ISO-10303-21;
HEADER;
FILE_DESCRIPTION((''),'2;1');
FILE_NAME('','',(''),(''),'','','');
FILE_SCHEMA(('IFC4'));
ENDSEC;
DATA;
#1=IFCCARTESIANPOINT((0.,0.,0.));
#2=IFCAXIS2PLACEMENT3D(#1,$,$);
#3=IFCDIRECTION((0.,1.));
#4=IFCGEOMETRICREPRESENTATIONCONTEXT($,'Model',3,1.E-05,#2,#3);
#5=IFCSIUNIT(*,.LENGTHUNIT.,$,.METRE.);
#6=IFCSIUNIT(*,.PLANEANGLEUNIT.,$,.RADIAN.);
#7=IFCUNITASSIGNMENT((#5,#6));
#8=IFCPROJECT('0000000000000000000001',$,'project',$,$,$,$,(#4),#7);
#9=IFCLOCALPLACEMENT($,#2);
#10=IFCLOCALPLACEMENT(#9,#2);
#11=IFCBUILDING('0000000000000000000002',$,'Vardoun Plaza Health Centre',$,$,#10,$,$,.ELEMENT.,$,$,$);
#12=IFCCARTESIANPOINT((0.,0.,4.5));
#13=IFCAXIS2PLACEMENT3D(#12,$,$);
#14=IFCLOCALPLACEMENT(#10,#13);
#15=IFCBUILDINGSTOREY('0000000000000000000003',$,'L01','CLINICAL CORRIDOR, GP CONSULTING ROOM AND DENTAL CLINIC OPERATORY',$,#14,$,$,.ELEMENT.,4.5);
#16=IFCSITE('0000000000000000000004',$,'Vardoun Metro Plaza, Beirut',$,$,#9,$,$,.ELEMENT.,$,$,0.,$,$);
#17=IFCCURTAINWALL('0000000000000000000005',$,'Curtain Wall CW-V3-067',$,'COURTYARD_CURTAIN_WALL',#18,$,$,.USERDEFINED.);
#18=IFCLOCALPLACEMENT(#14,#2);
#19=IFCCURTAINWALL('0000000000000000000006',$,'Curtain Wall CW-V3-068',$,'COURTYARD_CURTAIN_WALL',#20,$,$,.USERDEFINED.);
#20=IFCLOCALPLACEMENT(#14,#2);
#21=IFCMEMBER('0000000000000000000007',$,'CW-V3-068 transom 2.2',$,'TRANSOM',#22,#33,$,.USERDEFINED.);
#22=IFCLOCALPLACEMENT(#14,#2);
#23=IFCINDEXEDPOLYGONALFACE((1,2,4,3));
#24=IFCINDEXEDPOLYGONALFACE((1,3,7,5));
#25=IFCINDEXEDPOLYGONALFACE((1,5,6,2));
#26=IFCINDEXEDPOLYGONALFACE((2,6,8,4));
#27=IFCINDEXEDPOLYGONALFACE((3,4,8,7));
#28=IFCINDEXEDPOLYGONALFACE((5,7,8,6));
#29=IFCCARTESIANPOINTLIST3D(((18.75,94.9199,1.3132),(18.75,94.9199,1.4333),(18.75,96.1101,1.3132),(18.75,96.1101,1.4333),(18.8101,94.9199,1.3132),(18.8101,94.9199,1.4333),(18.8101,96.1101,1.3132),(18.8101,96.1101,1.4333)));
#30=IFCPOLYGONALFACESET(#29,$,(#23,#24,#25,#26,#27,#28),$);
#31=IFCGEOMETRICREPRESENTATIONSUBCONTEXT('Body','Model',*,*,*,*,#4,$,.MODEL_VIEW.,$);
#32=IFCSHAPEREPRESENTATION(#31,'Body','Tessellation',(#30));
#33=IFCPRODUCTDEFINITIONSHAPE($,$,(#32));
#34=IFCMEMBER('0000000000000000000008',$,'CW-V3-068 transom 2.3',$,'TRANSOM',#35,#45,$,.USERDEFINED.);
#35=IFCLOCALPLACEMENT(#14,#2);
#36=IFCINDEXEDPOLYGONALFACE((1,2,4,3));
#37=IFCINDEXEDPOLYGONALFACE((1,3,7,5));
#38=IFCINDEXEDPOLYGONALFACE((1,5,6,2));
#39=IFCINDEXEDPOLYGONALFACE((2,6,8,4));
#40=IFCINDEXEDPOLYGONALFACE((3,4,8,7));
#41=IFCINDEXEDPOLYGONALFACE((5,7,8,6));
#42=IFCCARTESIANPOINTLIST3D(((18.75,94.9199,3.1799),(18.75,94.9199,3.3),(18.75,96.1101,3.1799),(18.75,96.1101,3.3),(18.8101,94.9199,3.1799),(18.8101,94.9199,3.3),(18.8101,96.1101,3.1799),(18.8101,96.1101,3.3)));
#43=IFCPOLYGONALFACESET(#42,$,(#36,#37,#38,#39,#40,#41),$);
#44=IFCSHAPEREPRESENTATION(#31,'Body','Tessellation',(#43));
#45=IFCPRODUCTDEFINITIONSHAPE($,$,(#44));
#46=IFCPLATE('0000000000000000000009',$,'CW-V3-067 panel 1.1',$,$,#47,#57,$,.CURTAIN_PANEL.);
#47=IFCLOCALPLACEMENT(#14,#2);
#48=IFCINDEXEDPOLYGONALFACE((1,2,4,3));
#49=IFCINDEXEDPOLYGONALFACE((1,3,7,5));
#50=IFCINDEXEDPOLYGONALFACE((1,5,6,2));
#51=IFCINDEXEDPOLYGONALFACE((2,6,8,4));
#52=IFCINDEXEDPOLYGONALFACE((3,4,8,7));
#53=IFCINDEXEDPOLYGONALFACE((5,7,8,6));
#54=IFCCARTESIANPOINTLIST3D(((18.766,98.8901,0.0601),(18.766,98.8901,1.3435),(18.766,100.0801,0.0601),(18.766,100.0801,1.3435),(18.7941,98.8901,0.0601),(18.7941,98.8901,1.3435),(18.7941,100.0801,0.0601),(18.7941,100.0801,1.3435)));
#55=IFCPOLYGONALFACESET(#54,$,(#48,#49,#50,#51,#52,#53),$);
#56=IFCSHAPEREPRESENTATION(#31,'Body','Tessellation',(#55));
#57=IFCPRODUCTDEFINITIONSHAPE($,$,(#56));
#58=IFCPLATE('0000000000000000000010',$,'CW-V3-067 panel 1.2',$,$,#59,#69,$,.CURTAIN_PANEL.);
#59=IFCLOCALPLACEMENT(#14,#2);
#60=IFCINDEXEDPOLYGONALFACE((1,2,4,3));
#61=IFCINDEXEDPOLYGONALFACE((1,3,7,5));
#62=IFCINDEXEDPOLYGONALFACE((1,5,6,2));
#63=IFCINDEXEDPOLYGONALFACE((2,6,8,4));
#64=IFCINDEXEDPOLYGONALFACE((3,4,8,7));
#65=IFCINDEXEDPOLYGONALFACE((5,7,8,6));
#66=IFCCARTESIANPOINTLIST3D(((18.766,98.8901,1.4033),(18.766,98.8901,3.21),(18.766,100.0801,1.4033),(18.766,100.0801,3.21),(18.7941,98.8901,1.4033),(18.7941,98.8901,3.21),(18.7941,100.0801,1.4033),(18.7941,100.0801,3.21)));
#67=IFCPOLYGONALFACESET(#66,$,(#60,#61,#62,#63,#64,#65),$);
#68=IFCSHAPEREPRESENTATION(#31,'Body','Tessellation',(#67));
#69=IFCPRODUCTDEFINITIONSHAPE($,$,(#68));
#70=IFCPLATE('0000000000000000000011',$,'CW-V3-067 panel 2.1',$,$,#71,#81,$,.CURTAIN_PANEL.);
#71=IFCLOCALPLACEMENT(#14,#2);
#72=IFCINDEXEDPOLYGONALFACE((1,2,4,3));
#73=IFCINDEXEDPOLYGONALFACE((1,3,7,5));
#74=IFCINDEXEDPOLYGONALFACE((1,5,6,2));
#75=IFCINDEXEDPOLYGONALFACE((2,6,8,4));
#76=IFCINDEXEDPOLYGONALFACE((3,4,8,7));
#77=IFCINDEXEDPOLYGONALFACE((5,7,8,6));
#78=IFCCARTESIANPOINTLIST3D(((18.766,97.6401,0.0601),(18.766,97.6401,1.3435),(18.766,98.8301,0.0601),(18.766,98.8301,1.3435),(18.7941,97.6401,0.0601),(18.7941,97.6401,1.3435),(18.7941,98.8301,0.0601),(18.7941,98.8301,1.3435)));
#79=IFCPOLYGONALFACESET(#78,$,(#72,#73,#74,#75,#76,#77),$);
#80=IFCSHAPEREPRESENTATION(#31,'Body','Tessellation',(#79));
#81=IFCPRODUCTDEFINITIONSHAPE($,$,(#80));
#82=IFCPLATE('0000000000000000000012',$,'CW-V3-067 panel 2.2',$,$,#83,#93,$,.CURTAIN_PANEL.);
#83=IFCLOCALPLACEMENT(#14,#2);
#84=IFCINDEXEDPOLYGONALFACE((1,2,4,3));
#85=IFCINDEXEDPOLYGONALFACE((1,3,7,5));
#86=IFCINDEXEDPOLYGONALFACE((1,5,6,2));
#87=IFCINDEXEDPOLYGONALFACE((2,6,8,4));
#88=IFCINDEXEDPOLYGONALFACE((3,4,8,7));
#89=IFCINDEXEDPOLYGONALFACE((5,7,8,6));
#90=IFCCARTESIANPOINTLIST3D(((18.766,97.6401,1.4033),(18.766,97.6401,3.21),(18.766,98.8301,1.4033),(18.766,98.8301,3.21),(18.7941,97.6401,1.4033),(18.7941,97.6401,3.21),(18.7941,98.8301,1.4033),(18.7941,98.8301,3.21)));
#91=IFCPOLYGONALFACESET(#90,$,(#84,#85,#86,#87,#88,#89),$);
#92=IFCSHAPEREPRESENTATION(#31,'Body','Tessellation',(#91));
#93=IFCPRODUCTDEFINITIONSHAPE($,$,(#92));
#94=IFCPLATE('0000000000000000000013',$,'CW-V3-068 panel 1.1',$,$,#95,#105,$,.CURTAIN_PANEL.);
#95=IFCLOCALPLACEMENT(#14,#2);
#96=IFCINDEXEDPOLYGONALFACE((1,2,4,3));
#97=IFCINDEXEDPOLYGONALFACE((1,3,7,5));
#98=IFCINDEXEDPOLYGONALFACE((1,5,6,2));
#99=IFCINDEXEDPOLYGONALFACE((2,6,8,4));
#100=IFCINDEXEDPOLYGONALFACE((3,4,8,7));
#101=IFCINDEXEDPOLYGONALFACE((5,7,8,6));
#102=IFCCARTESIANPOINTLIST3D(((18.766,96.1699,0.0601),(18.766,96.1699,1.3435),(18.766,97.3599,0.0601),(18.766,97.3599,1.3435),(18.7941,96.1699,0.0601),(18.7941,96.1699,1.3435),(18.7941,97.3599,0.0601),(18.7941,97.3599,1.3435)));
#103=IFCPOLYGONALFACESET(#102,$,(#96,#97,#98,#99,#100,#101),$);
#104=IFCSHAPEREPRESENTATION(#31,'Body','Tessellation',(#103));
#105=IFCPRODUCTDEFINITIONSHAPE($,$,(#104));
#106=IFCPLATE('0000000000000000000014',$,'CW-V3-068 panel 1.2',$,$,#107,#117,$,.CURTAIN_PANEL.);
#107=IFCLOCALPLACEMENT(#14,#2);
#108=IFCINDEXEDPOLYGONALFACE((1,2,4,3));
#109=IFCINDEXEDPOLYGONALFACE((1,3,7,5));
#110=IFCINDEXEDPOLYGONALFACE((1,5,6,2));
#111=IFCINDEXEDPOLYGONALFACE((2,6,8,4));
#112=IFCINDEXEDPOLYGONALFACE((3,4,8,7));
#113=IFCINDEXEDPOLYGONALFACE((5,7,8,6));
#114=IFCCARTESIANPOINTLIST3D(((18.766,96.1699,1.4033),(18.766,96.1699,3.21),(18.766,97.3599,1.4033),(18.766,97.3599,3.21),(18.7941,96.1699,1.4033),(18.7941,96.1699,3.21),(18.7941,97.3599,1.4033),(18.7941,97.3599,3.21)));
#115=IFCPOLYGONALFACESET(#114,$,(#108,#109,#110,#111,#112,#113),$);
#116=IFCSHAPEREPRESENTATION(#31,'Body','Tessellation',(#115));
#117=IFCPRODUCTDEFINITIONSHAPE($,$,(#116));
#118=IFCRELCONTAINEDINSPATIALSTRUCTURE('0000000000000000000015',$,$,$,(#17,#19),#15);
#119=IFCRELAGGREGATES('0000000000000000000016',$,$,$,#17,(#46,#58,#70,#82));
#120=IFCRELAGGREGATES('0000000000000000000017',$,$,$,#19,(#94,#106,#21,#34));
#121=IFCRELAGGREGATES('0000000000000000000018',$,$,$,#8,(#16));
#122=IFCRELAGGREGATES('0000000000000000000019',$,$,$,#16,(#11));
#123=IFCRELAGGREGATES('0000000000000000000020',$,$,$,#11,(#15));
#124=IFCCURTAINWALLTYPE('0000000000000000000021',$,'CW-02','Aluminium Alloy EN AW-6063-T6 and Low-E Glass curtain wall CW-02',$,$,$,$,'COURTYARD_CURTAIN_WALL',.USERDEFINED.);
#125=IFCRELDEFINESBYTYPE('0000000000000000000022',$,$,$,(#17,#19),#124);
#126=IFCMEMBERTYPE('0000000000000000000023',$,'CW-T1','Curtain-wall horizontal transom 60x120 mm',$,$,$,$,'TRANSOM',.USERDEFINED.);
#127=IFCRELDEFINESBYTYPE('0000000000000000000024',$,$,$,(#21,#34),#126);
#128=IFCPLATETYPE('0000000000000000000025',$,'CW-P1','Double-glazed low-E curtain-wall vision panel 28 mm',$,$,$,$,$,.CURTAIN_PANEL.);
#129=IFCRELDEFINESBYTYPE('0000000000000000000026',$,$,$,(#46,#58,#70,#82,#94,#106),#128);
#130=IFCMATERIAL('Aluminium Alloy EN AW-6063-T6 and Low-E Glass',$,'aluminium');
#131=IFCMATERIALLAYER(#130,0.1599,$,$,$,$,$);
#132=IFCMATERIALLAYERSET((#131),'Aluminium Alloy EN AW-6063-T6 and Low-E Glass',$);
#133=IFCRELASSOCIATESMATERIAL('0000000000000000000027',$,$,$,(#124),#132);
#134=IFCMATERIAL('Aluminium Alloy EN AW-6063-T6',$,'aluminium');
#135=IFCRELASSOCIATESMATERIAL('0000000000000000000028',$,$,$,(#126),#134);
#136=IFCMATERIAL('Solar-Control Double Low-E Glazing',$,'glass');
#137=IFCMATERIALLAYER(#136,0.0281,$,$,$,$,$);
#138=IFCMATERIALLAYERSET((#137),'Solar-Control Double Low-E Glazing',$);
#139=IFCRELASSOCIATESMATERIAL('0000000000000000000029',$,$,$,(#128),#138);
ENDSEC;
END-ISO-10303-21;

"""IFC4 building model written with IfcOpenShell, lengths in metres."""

from ifc_helpers import new_model, si_unit, direction, frame, origin, origin_2d, place, context, subcontext, project, spatial, rectangle, extrude, material, layer, layer_set, material_profile, profile_set, type_object, element, aggregate, save


model = new_model("IFC4")

# Units and contexts
model_context = context("Model", 3, precision=1e-05, world=origin(), true_north=direction((0.0, 1.0)))
body_context = subcontext(model_context, "Body", "Model", "MODEL_VIEW")
ifc_project = project(units=[si_unit("LENGTHUNIT", "METRE"), si_unit("PLANEANGLEUNIT", "RADIAN")], contexts=[model_context])

# Site, building, storey
site_placement = place(None, origin())
site = spatial("IfcSite", under=ifc_project, at=site_placement, Name="Vardoun Metro Plaza, Beirut", CompositionType="ELEMENT", RefElevation=0.0)
building_placement = place(site_placement, origin())
building = spatial("IfcBuilding", under=site, at=building_placement, Name="Vardoun Plaza Health Centre", CompositionType="ELEMENT")
storey_placement = place(building_placement, frame((0.0, 0.0, 4.5)))
storey = spatial("IfcBuildingStorey", under=building, at=storey_placement, Name="L01", Description="CLINICAL CORRIDOR, GP CONSULTING ROOM AND DENTAL CLINIC OPERATORY", CompositionType="ELEMENT", Elevation=4.5)

# Curtain walls
ifc_material_1 = material(Name="Aluminium Alloy EN AW-6063-T6 and Low-E Glass", Category="aluminium")
ifc_layer_1 = layer(ifc_material_1, 0.1599)
ifc_layer_set_1 = layer_set([ifc_layer_1], Name="Aluminium Alloy EN AW-6063-T6 and Low-E Glass")
curtain_wall_type = type_object("IfcCurtainWallType", Name="CW-02", Description="Aluminium Alloy EN AW-6063-T6 and Low-E Glass curtain wall CW-02", ElementType="COURTYARD_CURTAIN_WALL", PredefinedType="USERDEFINED", material=ifc_layer_set_1)
curtain_wall_1_placement = place(storey_placement, origin())
curtain_wall_1 = element("IfcCurtainWall", 1, at=curtain_wall_1_placement, inside=storey, type_object=curtain_wall_type, Name="Curtain Wall CW-V3-067", ObjectType="COURTYARD_CURTAIN_WALL", PredefinedType="USERDEFINED")
curtain_wall_2_placement = place(storey_placement, origin())
curtain_wall_2 = element("IfcCurtainWall", 2, at=curtain_wall_2_placement, inside=storey, type_object=curtain_wall_type, Name="Curtain Wall CW-V3-068", ObjectType="COURTYARD_CURTAIN_WALL", PredefinedType="USERDEFINED")

# Members
ifc_material_2 = material(Name="Aluminium Alloy EN AW-6063-T6", Category="aluminium")
ifc_material_profile_1 = material_profile(ifc_material_2, rectangle(XDim=0.0601, YDim=0.1201, at=origin_2d()), Name="CWT 60x120")
ifc_profile_set_1 = profile_set([ifc_material_profile_1], Name="Aluminium Alloy EN AW-6063-T6")
member_type_1 = type_object("IfcMemberType", Name="CW-T1", Description="Curtain-wall horizontal transom 60x120 mm", ElementType="TRANSOM", PredefinedType="USERDEFINED", material=ifc_profile_set_1)
member_1_placement = place(storey_placement, frame((18.78, 96.1101, 1.3733), z_axis=(0.0, -1.0, 0.0), x_axis=(1.0, 0.0, 0.0)))
member_1 = element("IfcMember", 3, at=member_1_placement, type_object=member_type_1, Name="CW-V3-068 transom 2.2", ObjectType="TRANSOM", PredefinedType="USERDEFINED", context=body_context, shape_type="SweptSolid", body=[
    extrude(rectangle(XDim=0.0601, YDim=0.1201, at=origin_2d()), origin(), (0.0, 0.0, 1.0), 1.1902),
])
member_2_placement = place(storey_placement, frame((18.78, 96.1101, 3.24), z_axis=(0.0, -1.0, 0.0), x_axis=(1.0, 0.0, 0.0)))
member_2 = element("IfcMember", 4, at=member_2_placement, type_object=member_type_1, Name="CW-V3-068 transom 2.3", ObjectType="TRANSOM", PredefinedType="USERDEFINED", context=body_context, shape_type="SweptSolid", body=[
    extrude(rectangle(XDim=0.0601, YDim=0.1201, at=origin_2d()), origin(), (0.0, 0.0, 1.0), 1.1902),
])

# Plates
ifc_material_3 = material(Name="Solar-Control Double Low-E Glazing", Category="glass")
ifc_layer_2 = layer(ifc_material_3, 0.0281)
ifc_layer_set_2 = layer_set([ifc_layer_2], Name="Solar-Control Double Low-E Glazing")
plate_type = type_object("IfcPlateType", Name="CW-P1", Description="Double-glazed low-E curtain-wall vision panel 28 mm", PredefinedType="CURTAIN_PANEL", material=ifc_layer_set_2)
plate_1_placement = place(storey_placement, frame((18.78, 99.4851, 0.0601), z_axis=(0.0, 0.0, 1.0), x_axis=(0.0, -1.0, 0.0)))
plate_1 = element("IfcPlate", 5, at=plate_1_placement, type_object=plate_type, Name="CW-V3-067 panel 1.1", PredefinedType="CURTAIN_PANEL", context=body_context, shape_type="SweptSolid", body=[
    extrude(rectangle(XDim=1.1899, YDim=0.0281, at=origin_2d()), origin(), (0.0, 0.0, 1.0), 1.2834),
])
plate_2_placement = place(storey_placement, frame((18.78, 99.4851, 1.4033), z_axis=(0.0, 0.0, 1.0), x_axis=(0.0, -1.0, 0.0)))
plate_2 = element("IfcPlate", 6, at=plate_2_placement, type_object=plate_type, Name="CW-V3-067 panel 1.2", PredefinedType="CURTAIN_PANEL", context=body_context, shape_type="SweptSolid", body=[
    extrude(rectangle(XDim=1.1899, YDim=0.0281, at=origin_2d()), origin(), (0.0, 0.0, 1.0), 1.8066),
])
plate_3_placement = place(storey_placement, frame((18.78, 98.2351, 0.0601), z_axis=(0.0, 0.0, 1.0), x_axis=(0.0, -1.0, 0.0)))
plate_3 = element("IfcPlate", 7, at=plate_3_placement, type_object=plate_type, Name="CW-V3-067 panel 2.1", PredefinedType="CURTAIN_PANEL", context=body_context, shape_type="SweptSolid", body=[
    extrude(rectangle(XDim=1.1899, YDim=0.0281, at=origin_2d()), origin(), (0.0, 0.0, 1.0), 1.2834),
])
plate_4_placement = place(storey_placement, frame((18.78, 98.2351, 1.4033), z_axis=(0.0, 0.0, 1.0), x_axis=(0.0, -1.0, 0.0)))
plate_4 = element("IfcPlate", 8, at=plate_4_placement, type_object=plate_type, Name="CW-V3-067 panel 2.2", PredefinedType="CURTAIN_PANEL", context=body_context, shape_type="SweptSolid", body=[
    extrude(rectangle(XDim=1.1899, YDim=0.0281, at=origin_2d()), origin(), (0.0, 0.0, 1.0), 1.8066),
])
aggregate(curtain_wall_1, [plate_1, plate_2, plate_3, plate_4])
plate_5_placement = place(storey_placement, frame((18.78, 96.7649, 0.0601), z_axis=(0.0, 0.0, 1.0), x_axis=(0.0, -1.0, 0.0)))
plate_5 = element("IfcPlate", 9, at=plate_5_placement, type_object=plate_type, Name="CW-V3-068 panel 1.1", PredefinedType="CURTAIN_PANEL", context=body_context, shape_type="SweptSolid", body=[
    extrude(rectangle(XDim=1.1899, YDim=0.0281, at=origin_2d()), origin(), (0.0, 0.0, 1.0), 1.2834),
])
plate_6_placement = place(storey_placement, frame((18.78, 96.7649, 1.4033), z_axis=(0.0, 0.0, 1.0), x_axis=(0.0, -1.0, 0.0)))
plate_6 = element("IfcPlate", 10, at=plate_6_placement, type_object=plate_type, Name="CW-V3-068 panel 1.2", PredefinedType="CURTAIN_PANEL", context=body_context, shape_type="SweptSolid", body=[
    extrude(rectangle(XDim=1.1899, YDim=0.0281, at=origin_2d()), origin(), (0.0, 0.0, 1.0), 1.8066),
])
aggregate(curtain_wall_2, [plate_5, plate_6, member_1, member_2])

save(model, "model.ifc")
